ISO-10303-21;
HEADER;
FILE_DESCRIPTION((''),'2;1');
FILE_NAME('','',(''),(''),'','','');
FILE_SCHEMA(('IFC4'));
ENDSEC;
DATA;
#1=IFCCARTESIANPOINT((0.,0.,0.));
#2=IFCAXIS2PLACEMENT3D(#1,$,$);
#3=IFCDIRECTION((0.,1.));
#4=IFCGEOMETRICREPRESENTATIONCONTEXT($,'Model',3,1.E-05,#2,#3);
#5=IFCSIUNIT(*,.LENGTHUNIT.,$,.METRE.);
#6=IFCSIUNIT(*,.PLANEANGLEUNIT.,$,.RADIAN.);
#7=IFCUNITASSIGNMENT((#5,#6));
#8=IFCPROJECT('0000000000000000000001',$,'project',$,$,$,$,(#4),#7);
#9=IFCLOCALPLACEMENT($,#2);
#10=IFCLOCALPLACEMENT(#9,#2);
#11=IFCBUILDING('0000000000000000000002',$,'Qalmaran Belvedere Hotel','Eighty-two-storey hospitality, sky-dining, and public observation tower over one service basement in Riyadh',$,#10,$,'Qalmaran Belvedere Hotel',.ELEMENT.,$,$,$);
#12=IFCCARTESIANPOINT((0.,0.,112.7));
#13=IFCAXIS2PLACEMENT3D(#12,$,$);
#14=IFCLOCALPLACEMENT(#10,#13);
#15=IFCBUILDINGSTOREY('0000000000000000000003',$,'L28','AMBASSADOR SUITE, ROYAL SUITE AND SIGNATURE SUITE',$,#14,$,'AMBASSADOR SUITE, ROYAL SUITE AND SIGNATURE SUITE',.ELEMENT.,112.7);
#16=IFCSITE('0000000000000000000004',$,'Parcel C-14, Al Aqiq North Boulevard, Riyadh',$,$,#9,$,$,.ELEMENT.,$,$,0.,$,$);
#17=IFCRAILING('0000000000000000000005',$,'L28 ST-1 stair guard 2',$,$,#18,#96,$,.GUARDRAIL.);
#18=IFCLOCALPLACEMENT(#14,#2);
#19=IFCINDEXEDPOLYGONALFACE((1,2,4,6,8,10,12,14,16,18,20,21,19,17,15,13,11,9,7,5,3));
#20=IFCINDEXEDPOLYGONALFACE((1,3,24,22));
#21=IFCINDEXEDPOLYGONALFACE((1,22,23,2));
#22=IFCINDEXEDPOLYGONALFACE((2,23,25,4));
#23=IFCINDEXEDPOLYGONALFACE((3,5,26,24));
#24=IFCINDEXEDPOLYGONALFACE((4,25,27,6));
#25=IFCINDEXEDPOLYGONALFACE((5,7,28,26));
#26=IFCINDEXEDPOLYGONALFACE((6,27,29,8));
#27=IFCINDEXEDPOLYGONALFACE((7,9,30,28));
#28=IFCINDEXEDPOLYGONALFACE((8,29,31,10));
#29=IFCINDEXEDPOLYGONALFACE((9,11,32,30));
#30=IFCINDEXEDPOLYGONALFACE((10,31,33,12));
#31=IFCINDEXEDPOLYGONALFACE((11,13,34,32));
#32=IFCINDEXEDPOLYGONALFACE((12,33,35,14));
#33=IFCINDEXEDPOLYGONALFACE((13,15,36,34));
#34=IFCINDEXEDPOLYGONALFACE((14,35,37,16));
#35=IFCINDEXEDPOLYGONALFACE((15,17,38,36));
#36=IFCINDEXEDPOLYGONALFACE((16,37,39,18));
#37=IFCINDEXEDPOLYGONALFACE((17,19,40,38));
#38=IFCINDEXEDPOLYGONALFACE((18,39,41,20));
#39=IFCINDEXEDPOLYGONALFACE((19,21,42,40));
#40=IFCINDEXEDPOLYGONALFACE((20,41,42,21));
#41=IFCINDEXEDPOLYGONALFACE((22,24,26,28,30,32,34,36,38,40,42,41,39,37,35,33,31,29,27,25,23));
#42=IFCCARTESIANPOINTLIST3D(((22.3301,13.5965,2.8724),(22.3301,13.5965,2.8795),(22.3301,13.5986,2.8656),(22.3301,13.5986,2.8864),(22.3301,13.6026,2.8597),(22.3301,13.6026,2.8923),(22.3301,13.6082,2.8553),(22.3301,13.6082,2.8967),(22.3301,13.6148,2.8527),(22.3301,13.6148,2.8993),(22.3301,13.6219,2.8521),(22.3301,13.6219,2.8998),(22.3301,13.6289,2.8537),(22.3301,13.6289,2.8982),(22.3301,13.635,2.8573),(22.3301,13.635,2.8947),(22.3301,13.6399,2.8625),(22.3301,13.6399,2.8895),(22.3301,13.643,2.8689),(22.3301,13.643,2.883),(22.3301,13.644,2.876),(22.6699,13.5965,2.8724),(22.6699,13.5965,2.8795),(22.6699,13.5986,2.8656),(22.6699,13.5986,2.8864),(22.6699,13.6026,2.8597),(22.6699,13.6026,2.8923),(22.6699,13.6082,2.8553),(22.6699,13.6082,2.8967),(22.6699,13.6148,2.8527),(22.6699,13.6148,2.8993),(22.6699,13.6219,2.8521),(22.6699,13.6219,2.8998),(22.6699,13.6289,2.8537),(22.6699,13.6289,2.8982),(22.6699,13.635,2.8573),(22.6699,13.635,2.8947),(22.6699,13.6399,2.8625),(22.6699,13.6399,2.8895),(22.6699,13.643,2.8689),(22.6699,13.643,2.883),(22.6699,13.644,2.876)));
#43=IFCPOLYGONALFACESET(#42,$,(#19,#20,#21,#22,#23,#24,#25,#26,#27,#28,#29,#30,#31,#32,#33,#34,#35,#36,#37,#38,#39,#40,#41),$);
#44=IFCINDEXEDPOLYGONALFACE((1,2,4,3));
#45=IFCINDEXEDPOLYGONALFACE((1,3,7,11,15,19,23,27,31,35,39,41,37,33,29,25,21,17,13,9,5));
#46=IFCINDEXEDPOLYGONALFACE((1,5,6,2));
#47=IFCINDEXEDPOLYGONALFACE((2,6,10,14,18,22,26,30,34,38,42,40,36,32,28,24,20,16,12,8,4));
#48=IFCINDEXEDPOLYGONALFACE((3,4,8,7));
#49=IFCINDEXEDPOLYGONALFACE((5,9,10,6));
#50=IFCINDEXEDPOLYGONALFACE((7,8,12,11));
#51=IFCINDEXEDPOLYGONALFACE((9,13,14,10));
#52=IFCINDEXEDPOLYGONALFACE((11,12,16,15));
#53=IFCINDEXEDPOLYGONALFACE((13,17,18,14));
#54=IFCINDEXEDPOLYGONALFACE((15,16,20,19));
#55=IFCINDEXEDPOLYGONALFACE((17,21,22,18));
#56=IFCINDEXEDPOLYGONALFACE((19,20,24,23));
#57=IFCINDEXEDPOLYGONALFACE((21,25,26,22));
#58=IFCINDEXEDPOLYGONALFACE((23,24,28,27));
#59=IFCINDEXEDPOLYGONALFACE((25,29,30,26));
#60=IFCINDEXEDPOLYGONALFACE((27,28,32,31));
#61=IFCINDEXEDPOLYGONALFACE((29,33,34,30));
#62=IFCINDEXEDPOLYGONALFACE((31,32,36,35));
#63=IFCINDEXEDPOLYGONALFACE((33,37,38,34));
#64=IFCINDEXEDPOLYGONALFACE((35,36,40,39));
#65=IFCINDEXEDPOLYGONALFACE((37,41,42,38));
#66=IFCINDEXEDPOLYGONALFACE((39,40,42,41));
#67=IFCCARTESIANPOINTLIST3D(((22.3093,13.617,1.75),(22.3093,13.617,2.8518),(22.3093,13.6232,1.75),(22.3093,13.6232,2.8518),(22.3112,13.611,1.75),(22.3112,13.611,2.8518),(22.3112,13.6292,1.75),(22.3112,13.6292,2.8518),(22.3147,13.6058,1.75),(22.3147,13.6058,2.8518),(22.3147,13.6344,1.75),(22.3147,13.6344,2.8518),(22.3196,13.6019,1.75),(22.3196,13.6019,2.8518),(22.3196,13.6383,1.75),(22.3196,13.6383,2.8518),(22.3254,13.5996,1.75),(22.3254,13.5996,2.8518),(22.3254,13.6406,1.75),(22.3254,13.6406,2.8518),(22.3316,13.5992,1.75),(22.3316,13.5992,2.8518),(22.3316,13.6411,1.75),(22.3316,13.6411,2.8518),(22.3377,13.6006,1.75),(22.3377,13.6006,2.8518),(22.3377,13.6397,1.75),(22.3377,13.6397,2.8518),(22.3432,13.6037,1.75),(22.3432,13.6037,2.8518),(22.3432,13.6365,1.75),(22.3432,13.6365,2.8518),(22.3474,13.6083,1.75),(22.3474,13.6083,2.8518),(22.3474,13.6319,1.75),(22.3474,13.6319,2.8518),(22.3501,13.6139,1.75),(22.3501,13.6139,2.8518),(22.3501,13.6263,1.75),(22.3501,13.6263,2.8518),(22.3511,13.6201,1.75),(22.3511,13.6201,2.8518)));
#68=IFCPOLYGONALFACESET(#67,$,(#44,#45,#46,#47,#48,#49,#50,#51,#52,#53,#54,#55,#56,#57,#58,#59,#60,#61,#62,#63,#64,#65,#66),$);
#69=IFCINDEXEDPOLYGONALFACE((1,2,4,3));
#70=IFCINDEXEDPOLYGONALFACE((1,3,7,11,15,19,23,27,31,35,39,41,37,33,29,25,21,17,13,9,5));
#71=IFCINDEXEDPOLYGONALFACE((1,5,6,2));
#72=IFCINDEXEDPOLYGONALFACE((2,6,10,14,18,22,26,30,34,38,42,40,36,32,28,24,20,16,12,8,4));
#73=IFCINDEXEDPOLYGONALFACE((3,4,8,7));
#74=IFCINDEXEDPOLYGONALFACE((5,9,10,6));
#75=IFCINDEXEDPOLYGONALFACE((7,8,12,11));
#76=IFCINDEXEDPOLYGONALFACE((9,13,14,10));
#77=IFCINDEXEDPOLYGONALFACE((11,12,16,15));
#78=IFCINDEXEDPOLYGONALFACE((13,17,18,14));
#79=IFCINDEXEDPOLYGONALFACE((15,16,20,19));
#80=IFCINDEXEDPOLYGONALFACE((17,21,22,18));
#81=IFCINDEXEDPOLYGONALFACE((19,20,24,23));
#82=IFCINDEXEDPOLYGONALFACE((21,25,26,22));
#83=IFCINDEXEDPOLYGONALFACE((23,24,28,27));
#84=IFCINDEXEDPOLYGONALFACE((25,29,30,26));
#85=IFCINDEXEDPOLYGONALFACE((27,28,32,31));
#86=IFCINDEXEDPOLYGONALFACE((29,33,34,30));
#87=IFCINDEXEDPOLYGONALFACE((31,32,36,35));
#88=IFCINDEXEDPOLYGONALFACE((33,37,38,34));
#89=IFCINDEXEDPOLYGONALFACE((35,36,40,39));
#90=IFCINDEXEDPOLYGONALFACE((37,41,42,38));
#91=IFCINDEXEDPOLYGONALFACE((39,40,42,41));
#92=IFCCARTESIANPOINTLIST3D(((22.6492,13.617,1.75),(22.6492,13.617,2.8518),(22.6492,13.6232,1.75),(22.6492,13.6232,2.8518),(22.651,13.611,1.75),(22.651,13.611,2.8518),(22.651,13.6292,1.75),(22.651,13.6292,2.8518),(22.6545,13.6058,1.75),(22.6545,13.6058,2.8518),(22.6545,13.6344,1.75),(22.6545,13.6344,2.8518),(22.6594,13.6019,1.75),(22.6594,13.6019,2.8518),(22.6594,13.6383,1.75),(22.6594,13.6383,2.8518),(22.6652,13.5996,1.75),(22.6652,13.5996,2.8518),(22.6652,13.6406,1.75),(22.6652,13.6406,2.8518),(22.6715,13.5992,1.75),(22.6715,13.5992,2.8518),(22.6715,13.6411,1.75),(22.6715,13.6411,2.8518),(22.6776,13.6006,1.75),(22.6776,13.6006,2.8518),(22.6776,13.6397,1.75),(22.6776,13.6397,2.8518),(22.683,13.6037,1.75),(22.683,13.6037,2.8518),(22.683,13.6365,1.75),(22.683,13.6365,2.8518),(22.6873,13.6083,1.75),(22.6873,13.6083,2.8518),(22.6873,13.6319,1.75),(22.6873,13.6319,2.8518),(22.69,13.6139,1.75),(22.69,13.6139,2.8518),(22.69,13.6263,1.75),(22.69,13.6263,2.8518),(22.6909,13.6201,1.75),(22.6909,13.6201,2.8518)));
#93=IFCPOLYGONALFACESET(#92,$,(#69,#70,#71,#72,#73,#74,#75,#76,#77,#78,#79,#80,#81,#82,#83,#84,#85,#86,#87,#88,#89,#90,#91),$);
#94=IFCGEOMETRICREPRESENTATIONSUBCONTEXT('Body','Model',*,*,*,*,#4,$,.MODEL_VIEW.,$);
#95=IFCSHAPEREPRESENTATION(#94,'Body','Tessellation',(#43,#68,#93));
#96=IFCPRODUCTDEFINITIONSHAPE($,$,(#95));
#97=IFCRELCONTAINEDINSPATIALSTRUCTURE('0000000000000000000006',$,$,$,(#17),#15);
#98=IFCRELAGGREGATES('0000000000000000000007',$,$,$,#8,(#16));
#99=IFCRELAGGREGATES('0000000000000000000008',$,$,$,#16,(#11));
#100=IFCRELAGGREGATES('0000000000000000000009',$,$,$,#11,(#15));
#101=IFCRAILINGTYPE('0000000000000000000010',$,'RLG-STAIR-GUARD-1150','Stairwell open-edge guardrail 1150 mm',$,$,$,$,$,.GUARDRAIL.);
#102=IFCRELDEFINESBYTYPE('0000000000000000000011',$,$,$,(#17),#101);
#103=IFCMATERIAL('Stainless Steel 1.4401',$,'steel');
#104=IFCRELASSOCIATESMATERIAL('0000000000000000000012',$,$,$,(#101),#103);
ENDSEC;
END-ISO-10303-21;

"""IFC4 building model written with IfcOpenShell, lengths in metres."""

from ifc_helpers import new_model, si_unit, direction, frame, origin, origin_2d, place, context, subcontext, project, spatial, circle, extrude, material, type_object, element, save


model = new_model("IFC4")

# Units and contexts
model_context = context("Model", 3, precision=1e-05, world=origin(), true_north=direction((0.0, 1.0)))
body_context = subcontext(model_context, "Body", "Model", "MODEL_VIEW")
ifc_project = project(units=[si_unit("LENGTHUNIT", "METRE"), si_unit("PLANEANGLEUNIT", "RADIAN")], contexts=[model_context])

# Site, building, storey
site_placement = place(None, origin())
site = spatial("IfcSite", under=ifc_project, at=site_placement, Name="Parcel C-14, Al Aqiq North Boulevard, Riyadh", CompositionType="ELEMENT", RefElevation=0.0)
building_placement = place(site_placement, origin())
building = spatial("IfcBuilding", under=site, at=building_placement, Name="Qalmaran Belvedere Hotel", Description="Eighty-two-storey hospitality, sky-dining, and public observation tower over one service basement in Riyadh", LongName="Qalmaran Belvedere Hotel", CompositionType="ELEMENT")
storey_placement = place(building_placement, frame((0.0, 0.0, 112.7)))
storey = spatial("IfcBuildingStorey", under=building, at=storey_placement, Name="L28", Description="AMBASSADOR SUITE, ROYAL SUITE AND SIGNATURE SUITE", LongName="AMBASSADOR SUITE, ROYAL SUITE AND SIGNATURE SUITE", CompositionType="ELEMENT", Elevation=112.7)

# Shared definitions
ifc_material_1 = material(Name="Stainless Steel 1.4401", Category="steel")

# Railing
railing_type_1 = type_object("IfcRailingType", Name="RLG-STAIR-GUARD-1150", Description="Stairwell open-edge guardrail 1150 mm", PredefinedType="GUARDRAIL", material=ifc_material_1)
railing_1_placement = place(storey_placement, frame((22.3301, 13.6201, 1.75)))
element("IfcRailing", 1, at=railing_1_placement, inside=storey, type_object=railing_type_1, Name="L28 ST-1 stair guard 2", PredefinedType="GUARDRAIL", context=body_context, shape_type="SweptSolid", body=[
    extrude(circle(Radius=0.0239, at=origin_2d()), frame((0.0, 0.0, 1.126), z_axis=(1.0, 0.0, 0.0), x_axis=(0.0, 1.0, 0.0)), (0.0, 0.0, 1.0), 0.3398),
    extrude(circle(Radius=0.021, at=origin_2d()), origin(), (0.0, 0.0, 1.0), 1.1018),
    extrude(circle(Radius=0.021, at=origin_2d()), frame((0.3398, 0.0, 0.0)), (0.0, 0.0, 1.0), 1.1018),
])

save(model, "model.ifc")
